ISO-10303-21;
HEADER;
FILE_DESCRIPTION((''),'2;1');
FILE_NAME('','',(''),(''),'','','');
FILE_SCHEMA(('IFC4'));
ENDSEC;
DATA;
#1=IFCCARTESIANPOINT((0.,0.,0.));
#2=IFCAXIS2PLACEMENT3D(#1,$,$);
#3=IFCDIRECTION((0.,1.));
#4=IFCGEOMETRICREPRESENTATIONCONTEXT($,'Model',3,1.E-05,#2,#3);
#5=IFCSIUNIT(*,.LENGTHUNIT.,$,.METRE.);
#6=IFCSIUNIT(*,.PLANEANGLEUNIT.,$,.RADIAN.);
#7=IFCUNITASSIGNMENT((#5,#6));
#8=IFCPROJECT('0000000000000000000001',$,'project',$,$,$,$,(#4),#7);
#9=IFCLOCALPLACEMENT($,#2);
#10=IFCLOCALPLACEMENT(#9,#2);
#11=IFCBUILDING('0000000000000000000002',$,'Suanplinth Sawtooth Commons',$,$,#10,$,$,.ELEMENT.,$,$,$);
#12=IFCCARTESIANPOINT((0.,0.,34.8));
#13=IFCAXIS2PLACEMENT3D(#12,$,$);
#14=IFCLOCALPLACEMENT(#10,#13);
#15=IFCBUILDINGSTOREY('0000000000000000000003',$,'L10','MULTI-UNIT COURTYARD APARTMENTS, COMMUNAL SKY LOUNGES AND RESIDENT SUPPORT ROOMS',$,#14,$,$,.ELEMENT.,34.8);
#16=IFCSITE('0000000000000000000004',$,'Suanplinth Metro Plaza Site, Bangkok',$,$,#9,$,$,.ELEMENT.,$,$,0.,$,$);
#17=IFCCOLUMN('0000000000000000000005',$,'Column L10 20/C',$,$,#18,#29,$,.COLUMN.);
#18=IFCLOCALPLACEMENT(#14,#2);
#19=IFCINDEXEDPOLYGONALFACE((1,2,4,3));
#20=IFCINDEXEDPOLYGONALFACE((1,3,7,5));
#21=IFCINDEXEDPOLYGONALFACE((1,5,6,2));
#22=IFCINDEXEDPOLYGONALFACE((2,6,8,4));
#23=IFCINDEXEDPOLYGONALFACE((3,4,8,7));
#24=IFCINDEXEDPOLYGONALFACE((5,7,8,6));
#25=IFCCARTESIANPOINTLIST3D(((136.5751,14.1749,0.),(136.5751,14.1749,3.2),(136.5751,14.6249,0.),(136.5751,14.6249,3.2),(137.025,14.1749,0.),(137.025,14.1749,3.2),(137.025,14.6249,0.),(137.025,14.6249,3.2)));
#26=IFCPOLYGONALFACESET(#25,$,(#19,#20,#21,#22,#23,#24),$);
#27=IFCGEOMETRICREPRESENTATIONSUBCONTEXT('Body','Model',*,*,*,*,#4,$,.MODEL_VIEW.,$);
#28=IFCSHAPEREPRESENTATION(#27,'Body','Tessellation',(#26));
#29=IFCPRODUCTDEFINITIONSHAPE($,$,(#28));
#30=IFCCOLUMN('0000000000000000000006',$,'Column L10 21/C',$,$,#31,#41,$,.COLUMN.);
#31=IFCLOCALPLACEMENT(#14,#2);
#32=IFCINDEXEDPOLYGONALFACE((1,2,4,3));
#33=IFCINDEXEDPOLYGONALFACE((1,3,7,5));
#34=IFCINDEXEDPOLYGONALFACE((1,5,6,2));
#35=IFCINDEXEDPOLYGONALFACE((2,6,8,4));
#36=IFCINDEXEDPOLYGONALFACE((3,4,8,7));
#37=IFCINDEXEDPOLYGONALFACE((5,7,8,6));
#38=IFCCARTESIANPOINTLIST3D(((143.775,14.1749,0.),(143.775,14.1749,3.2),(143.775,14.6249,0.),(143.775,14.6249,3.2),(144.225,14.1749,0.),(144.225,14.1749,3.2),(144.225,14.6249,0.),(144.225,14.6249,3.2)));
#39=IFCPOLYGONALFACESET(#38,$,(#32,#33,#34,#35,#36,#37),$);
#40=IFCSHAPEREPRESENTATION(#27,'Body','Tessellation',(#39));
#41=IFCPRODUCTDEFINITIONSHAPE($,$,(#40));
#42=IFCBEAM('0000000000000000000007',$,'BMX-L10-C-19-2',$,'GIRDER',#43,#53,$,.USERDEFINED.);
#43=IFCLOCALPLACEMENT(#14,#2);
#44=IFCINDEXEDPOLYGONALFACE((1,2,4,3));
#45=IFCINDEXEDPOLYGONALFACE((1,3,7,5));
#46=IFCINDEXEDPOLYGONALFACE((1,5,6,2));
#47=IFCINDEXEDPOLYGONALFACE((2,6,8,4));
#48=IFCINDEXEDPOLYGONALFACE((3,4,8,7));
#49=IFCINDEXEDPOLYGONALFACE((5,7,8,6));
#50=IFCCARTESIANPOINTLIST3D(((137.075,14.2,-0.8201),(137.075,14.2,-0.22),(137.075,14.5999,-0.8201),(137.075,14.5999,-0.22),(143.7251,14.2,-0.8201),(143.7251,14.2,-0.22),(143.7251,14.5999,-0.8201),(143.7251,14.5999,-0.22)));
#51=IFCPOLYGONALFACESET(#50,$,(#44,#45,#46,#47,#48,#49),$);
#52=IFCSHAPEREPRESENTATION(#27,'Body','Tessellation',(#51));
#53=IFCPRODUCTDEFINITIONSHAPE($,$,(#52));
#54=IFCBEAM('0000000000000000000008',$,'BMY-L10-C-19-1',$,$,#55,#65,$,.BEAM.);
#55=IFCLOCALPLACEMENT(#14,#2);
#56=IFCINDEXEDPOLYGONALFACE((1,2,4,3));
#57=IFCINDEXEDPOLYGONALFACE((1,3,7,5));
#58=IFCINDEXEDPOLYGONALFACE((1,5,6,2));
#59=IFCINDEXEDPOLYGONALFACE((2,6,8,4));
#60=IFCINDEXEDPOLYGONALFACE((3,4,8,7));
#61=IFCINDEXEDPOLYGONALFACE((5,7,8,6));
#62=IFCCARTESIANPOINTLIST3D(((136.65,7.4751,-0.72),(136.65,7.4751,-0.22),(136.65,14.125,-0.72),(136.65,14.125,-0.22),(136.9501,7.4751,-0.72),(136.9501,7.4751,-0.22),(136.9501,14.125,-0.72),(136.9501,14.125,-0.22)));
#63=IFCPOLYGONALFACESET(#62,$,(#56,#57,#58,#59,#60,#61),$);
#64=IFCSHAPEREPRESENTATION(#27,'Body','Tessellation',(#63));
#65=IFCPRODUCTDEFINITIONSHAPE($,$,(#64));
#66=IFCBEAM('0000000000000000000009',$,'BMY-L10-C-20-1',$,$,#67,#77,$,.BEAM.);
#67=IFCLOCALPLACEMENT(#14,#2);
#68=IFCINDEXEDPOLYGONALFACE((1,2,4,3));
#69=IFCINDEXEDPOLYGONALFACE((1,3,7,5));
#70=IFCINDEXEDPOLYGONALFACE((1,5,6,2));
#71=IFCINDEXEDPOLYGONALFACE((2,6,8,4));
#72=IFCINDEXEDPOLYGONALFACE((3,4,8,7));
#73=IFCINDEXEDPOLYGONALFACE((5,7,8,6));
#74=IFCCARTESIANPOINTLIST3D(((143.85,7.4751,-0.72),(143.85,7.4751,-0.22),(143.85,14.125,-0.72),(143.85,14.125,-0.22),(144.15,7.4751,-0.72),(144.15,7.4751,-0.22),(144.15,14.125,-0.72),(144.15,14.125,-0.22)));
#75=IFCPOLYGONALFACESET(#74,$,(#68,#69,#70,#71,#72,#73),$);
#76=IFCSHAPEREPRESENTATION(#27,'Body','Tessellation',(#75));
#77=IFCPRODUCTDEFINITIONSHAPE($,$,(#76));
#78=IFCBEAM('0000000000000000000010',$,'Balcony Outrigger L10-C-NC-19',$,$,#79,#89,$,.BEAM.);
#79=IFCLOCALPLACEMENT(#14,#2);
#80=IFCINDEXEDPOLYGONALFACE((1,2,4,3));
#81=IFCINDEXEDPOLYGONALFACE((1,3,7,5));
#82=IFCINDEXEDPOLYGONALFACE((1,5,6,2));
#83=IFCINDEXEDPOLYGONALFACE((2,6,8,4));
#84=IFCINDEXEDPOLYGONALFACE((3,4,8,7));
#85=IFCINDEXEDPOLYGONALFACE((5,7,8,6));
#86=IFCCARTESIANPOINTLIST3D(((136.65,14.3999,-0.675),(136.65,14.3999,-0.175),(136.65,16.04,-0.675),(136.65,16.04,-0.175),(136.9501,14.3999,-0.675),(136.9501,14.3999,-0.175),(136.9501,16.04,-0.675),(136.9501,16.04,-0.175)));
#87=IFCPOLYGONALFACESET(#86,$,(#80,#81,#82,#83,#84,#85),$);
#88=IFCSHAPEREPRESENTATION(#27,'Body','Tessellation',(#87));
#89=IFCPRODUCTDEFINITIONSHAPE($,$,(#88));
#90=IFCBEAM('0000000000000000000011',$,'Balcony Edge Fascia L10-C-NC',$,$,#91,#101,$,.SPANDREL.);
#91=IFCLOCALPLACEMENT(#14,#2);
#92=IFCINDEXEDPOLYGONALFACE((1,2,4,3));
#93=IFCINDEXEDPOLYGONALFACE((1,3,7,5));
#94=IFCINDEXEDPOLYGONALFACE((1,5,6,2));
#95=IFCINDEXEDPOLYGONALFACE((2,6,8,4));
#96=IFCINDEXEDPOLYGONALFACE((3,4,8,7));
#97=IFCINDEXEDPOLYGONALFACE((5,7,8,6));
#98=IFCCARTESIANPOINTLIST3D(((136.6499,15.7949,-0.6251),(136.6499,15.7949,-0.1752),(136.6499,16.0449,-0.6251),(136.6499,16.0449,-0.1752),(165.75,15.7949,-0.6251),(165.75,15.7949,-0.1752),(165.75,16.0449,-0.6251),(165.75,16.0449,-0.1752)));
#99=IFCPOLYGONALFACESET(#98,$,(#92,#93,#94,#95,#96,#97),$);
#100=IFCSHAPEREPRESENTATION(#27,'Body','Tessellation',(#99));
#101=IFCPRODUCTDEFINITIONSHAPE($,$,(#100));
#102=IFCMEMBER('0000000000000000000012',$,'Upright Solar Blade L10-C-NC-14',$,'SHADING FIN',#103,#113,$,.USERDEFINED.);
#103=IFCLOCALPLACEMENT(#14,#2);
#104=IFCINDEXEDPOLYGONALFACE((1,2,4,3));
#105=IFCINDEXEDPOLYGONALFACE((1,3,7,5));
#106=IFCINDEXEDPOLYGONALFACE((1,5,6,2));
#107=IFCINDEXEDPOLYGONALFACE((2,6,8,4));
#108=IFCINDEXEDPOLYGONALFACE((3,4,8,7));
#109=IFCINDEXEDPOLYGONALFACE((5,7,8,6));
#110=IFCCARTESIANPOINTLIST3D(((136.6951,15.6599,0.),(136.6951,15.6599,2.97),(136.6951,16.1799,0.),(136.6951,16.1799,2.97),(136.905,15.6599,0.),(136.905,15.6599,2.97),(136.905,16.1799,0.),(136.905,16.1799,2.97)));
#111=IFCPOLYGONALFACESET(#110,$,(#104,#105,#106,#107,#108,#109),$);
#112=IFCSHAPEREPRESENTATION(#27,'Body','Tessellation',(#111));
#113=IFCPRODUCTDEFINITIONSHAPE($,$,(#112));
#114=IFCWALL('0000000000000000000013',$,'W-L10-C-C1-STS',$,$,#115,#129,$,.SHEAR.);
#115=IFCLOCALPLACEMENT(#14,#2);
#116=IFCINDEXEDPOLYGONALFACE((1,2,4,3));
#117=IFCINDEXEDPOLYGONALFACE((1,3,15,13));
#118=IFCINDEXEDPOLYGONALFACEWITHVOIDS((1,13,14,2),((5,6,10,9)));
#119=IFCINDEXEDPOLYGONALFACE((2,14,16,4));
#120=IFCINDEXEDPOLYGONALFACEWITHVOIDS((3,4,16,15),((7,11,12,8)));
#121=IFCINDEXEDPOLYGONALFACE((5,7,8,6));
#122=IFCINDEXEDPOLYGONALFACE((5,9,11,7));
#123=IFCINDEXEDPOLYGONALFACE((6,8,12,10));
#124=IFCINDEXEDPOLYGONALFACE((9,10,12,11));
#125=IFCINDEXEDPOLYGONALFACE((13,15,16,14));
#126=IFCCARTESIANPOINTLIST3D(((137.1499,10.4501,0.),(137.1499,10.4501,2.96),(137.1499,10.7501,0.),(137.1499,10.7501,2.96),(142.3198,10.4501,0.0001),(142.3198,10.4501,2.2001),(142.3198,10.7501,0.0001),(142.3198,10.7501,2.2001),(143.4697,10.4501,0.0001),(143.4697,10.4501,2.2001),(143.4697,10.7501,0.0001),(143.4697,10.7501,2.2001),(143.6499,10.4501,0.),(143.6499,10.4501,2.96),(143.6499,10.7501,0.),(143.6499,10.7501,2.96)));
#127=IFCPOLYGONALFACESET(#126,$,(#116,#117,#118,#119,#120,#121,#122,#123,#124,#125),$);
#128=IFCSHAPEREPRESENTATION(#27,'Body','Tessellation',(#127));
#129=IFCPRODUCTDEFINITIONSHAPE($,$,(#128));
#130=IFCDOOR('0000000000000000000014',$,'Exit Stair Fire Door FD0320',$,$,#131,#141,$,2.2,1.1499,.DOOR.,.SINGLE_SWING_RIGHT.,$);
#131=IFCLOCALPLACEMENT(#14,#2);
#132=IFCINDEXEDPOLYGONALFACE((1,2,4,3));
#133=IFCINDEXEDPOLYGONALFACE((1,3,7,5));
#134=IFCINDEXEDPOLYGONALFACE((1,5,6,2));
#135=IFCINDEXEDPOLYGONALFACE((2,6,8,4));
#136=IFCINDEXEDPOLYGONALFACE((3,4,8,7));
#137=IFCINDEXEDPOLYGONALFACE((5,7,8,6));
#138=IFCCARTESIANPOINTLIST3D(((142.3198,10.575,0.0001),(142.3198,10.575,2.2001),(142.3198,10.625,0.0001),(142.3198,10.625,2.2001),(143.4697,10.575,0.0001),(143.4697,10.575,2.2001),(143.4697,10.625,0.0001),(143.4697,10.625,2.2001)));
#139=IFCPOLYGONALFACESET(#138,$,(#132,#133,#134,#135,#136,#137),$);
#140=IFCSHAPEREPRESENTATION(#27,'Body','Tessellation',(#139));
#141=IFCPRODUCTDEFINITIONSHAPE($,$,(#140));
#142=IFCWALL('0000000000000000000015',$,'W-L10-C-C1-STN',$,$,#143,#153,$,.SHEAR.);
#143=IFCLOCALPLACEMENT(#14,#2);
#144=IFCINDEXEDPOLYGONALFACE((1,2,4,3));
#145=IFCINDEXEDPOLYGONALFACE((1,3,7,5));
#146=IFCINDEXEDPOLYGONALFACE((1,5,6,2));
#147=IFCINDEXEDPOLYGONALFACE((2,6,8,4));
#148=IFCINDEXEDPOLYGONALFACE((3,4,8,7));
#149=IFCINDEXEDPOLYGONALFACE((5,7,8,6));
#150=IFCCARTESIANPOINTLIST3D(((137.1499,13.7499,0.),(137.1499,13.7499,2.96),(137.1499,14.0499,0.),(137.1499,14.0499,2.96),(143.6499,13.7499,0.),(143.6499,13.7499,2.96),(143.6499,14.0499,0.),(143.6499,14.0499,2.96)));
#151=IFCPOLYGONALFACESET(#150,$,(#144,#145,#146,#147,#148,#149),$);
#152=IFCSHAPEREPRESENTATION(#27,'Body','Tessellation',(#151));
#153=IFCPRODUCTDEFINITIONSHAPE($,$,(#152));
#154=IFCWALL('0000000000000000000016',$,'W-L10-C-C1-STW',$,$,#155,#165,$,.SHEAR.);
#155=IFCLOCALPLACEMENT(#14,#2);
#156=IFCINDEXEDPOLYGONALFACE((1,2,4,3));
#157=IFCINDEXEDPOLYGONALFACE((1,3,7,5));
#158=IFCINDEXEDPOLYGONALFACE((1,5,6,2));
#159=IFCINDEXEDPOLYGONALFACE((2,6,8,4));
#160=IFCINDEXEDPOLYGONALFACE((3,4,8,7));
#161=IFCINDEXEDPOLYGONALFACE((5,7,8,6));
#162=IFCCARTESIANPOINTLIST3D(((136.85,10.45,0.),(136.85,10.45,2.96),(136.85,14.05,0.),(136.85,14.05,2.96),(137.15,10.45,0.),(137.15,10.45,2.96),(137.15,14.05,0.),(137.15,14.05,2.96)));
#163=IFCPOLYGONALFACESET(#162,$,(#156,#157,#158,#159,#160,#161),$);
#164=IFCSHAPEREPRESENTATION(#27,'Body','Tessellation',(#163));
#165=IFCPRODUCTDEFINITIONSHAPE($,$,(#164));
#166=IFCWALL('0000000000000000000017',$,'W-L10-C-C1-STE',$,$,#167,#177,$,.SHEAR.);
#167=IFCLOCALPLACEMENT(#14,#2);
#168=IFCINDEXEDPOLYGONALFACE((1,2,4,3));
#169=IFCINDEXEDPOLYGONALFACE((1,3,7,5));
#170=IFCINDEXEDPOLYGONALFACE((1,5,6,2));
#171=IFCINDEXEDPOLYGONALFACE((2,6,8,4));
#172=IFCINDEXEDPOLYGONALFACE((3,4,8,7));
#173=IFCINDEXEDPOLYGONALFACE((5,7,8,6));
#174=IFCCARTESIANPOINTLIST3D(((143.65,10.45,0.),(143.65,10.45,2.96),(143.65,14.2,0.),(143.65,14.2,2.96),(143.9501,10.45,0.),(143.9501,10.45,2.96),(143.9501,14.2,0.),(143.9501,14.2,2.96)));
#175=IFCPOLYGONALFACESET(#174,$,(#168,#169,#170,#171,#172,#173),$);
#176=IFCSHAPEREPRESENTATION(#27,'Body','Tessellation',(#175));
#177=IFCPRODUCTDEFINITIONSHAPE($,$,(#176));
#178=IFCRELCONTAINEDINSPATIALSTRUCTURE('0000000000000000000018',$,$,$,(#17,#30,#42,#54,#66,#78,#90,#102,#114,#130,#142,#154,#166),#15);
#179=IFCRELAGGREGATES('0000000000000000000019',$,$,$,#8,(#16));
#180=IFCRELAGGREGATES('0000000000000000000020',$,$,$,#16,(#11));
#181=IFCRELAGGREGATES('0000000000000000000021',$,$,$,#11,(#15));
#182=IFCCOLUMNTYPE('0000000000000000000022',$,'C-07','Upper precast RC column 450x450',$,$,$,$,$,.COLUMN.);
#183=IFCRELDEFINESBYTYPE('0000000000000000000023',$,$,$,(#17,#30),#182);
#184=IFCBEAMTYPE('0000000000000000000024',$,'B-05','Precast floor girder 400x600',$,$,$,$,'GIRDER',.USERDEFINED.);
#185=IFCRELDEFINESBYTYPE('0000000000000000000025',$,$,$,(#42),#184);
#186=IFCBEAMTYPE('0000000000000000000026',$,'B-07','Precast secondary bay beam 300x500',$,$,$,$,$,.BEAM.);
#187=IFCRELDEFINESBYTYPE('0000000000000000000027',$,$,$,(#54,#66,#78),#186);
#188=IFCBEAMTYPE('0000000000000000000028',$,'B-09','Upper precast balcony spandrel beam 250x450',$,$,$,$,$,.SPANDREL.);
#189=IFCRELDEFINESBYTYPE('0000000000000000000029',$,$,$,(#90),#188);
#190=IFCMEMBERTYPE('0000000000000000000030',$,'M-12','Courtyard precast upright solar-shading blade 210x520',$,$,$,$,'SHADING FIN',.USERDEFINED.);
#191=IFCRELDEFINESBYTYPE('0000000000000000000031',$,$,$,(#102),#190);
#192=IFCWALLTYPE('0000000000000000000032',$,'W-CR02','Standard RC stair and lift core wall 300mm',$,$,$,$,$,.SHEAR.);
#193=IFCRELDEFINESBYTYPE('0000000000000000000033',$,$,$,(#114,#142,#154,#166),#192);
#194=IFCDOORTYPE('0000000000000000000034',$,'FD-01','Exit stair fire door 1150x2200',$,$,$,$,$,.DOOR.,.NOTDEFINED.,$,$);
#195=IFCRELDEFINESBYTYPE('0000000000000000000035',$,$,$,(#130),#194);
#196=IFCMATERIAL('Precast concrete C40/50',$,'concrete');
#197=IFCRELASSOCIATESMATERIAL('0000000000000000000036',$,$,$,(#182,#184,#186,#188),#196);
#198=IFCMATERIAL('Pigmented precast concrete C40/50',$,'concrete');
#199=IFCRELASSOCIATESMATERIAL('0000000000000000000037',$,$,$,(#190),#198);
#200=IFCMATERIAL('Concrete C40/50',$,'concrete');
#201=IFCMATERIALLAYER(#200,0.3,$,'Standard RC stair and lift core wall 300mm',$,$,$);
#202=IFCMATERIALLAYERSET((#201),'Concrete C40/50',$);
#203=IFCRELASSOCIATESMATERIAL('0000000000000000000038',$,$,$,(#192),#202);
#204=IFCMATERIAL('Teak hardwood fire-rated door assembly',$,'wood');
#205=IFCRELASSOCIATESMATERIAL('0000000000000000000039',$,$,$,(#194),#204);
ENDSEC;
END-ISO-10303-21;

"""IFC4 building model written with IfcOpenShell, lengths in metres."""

from ifc_helpers import new_model, si_unit, direction, frame, frame_2d, origin, origin_2d, place, context, subcontext, project, spatial, rectangle, extrude, material, layer, layer_set, material_profile, profile_set, type_object, element, fill, save


model = new_model("IFC4")

# Units and contexts
model_context = context("Model", 3, precision=1e-05, world=origin(), true_north=direction((0.0, 1.0)))
body_context = subcontext(model_context, "Body", "Model", "MODEL_VIEW")
ifc_project = project(units=[si_unit("LENGTHUNIT", "METRE"), si_unit("PLANEANGLEUNIT", "RADIAN")], contexts=[model_context])

# Site, building, storey
site_placement = place(None, origin())
site = spatial("IfcSite", under=ifc_project, at=site_placement, Name="Suanplinth Metro Plaza Site, Bangkok", CompositionType="ELEMENT", RefElevation=0.0)
building_placement = place(site_placement, origin())
building = spatial("IfcBuilding", under=site, at=building_placement, Name="Suanplinth Sawtooth Commons", CompositionType="ELEMENT")
storey_placement = place(building_placement, frame((0.0, 0.0, 34.8)))
storey = spatial("IfcBuildingStorey", under=building, at=storey_placement, Name="L10", Description="MULTI-UNIT COURTYARD APARTMENTS, COMMUNAL SKY LOUNGES AND RESIDENT SUPPORT ROOMS", CompositionType="ELEMENT", Elevation=34.8)

# Columns
ifc_material_1 = material(Name="Precast concrete C40/50", Category="concrete")
ifc_material_profile_1 = material_profile(ifc_material_1, rectangle(XDim=0.45, YDim=0.45, at=origin_2d()), Name="PC-COL 450x450")
ifc_profile_set_1 = profile_set([ifc_material_profile_1], Name="Precast concrete C40/50")
column_type = type_object("IfcColumnType", Name="C-07", Description="Upper precast RC column 450x450", PredefinedType="COLUMN", material=ifc_profile_set_1)
for number, where, z_axis, x_axis, name in (
    (1, (136.8, 14.3999, 0.0), (0.0, 0.0, 1.0), (1.0, 0.0, 0.0), "Column L10 20/C"),
    (2, (144.0, 14.3999, 0.0), (0.0, 0.0, 1.0), (1.0, 0.0, 0.0), "Column L10 21/C"),
):
    element("IfcColumn", number, at=place(storey_placement, frame(where, z_axis=z_axis, x_axis=x_axis)), inside=storey, type_object=column_type, Name=name, PredefinedType="COLUMN", context=body_context, shape_type="SweptSolid", body=[
        extrude(rectangle(XDim=0.45, YDim=0.45, at=origin_2d()), origin(), (0.0, 0.0, 1.0), 3.2),
    ])

# Beams
ifc_material_profile_2 = material_profile(ifc_material_1, rectangle(XDim=0.3999, YDim=0.6001, at=origin_2d()), Name="PC-GDR 400x600")
ifc_profile_set_2 = profile_set([ifc_material_profile_2], Name="Precast concrete C40/50")
beam_type_1 = type_object("IfcBeamType", Name="B-05", Description="Precast floor girder 400x600", ElementType="GIRDER", PredefinedType="USERDEFINED", material=ifc_profile_set_2)
beam_1_placement = place(storey_placement, frame((137.075, 14.3999, -0.52), z_axis=(1.0, 0.0, 0.0), x_axis=(0.0, 1.0, 0.0)))
element("IfcBeam", 3, at=beam_1_placement, inside=storey, type_object=beam_type_1, Name="BMX-L10-C-19-2", ObjectType="GIRDER", PredefinedType="USERDEFINED", context=body_context, shape_type="SweptSolid", body=[
    extrude(rectangle(XDim=0.3999, YDim=0.6001, at=origin_2d()), origin(), (0.0, 0.0, 1.0), 6.6501),
])
ifc_material_profile_3 = material_profile(ifc_material_1, rectangle(XDim=0.3, YDim=0.5, at=origin_2d()), Name="PC-BM 300x500")
ifc_profile_set_3 = profile_set([ifc_material_profile_3], Name="Precast concrete C40/50")
beam_type_2 = type_object("IfcBeamType", Name="B-07", Description="Precast secondary bay beam 300x500", PredefinedType="BEAM", material=ifc_profile_set_3)
for number, where, z_axis, x_axis, name in (
    (4, (136.8, 7.4751, -0.47), (0.0, 1.0, 0.0), (-1.0, 0.0, 0.0), "BMY-L10-C-19-1"),
    (5, (144.0, 7.4751, -0.47), (0.0, 1.0, 0.0), (-1.0, 0.0, 0.0), "BMY-L10-C-20-1"),
):
    element("IfcBeam", number, at=place(storey_placement, frame(where, z_axis=z_axis, x_axis=x_axis)), inside=storey, type_object=beam_type_2, Name=name, PredefinedType="BEAM", context=body_context, shape_type="SweptSolid", body=[
        extrude(rectangle(XDim=0.3, YDim=0.5, at=origin_2d()), origin(), (0.0, 0.0, 1.0), 6.6499),
    ])
beam_2_placement = place(storey_placement, frame((136.8, 14.3999, -0.425), z_axis=(0.0, 1.0, 0.0), x_axis=(-1.0, 0.0, 0.0)))
element("IfcBeam", 6, at=beam_2_placement, inside=storey, type_object=beam_type_2, Name="Balcony Outrigger L10-C-NC-19", PredefinedType="BEAM", context=body_context, shape_type="SweptSolid", body=[
    extrude(rectangle(XDim=0.3, YDim=0.5, at=origin_2d()), origin(), (0.0, 0.0, 1.0), 1.6401),
])
ifc_material_profile_4 = material_profile(ifc_material_1, rectangle(XDim=0.25, YDim=0.45, at=origin_2d()), Name="PC-SP 250x450")
ifc_profile_set_4 = profile_set([ifc_material_profile_4], Name="Precast concrete C40/50")
beam_type_3 = type_object("IfcBeamType", Name="B-09", Description="Upper precast balcony spandrel beam 250x450", PredefinedType="SPANDREL", material=ifc_profile_set_4)
beam_3_placement = place(storey_placement, frame((136.6499, 15.9199, -0.4001), z_axis=(1.0, 0.0, 0.0), x_axis=(0.0, 1.0, 0.0)))
element("IfcBeam", 7, at=beam_3_placement, inside=storey, type_object=beam_type_3, Name="Balcony Edge Fascia L10-C-NC", PredefinedType="SPANDREL", context=body_context, shape_type="SweptSolid", body=[
    extrude(rectangle(XDim=0.25, YDim=0.45, at=origin_2d()), origin(), (0.0, 0.0, 1.0), 29.1001),
])

# Member
ifc_material_2 = material(Name="Pigmented precast concrete C40/50", Category="concrete")
ifc_material_profile_5 = material_profile(ifc_material_2, rectangle(XDim=0.21, YDim=0.52, at=origin_2d()), Name="PC-FIN 210x520")
ifc_profile_set_5 = profile_set([ifc_material_profile_5], Name="Pigmented precast concrete C40/50")
member_type = type_object("IfcMemberType", Name="M-12", Description="Courtyard precast upright solar-shading blade 210x520", ElementType="SHADING FIN", PredefinedType="USERDEFINED", material=ifc_profile_set_5)
member_placement = place(storey_placement, frame((136.8, 15.9199, 0.0), z_axis=(0.0, 0.0, 1.0), x_axis=(1.0, 0.0, 0.0)))
element("IfcMember", 8, at=member_placement, inside=storey, type_object=member_type, Name="Upright Solar Blade L10-C-NC-14", ObjectType="SHADING FIN", PredefinedType="USERDEFINED", context=body_context, shape_type="SweptSolid", body=[
    extrude(rectangle(XDim=0.21, YDim=0.52, at=origin_2d()), origin(), (0.0, 0.0, 1.0), 2.97),
])

# Wall, opening, door
ifc_material_3 = material(Name="Concrete C40/50", Category="concrete")
ifc_layer_1 = layer(ifc_material_3, 0.3, Name="Standard RC stair and lift core wall 300mm")
ifc_layer_set_1 = layer_set([ifc_layer_1], Name="Concrete C40/50")
wall_type_1 = type_object("IfcWallType", Name="W-CR02", Description="Standard RC stair and lift core wall 300mm", PredefinedType="SHEAR", material=ifc_layer_set_1)
wall_1_placement = place(storey_placement, frame((137.1499, 10.6001, 0.0), z_axis=(0.0, 0.0, 1.0), x_axis=(1.0, 0.0, 0.0)))
wall_1 = element("IfcWall", 9, at=wall_1_placement, inside=storey, type_object=wall_type_1, Name="W-L10-C-C1-STS", PredefinedType="SHEAR", context=body_context, shape_type="SweptSolid", body=[
    extrude(rectangle(XDim=6.5, YDim=0.3, at=frame_2d((3.25, 0.0))), origin(), (0.0, 0.0, 1.0), 2.96),
])
opening_1_placement = place(wall_1_placement, frame((5.1699, 0.0, 0.0)))
opening_1 = element("IfcOpeningElement", 10, at=opening_1_placement, cuts=wall_1, PredefinedType="OPENING", context=body_context, shape_type="SweptSolid", body=[
    extrude(rectangle(XDim=1.1499, YDim=2.2, at=frame_2d((0.575, 1.1001))), frame((0.0, 0.165, 0.0), z_axis=(0.0, -1.0, 0.0), x_axis=(1.0, 0.0, 0.0)), (0.0, 0.0, 1.0), 0.3298),
])
ifc_material_4 = material(Name="Teak hardwood fire-rated door assembly", Category="wood")
door_type_1 = type_object("IfcDoorType", Name="FD-01", Description="Exit stair fire door 1150x2200", OperationType="NOTDEFINED", PredefinedType="DOOR", material=ifc_material_4)
door_1_placement = place(opening_1_placement, origin())
door_1 = element("IfcDoor", 11, at=door_1_placement, inside=storey, type_object=door_type_1, Name="Exit Stair Fire Door FD0320", OperationType="SINGLE_SWING_RIGHT", OverallHeight=2.2, OverallWidth=1.1499, PredefinedType="DOOR", context=body_context, shape_type="SweptSolid", body=[
    extrude(rectangle(XDim=1.1499, YDim=2.2, at=frame_2d((0.575, 1.1001))), frame((0.0, 0.0249, 0.0), z_axis=(0.0, -1.0, 0.0), x_axis=(1.0, 0.0, 0.0)), (0.0, 0.0, 1.0), 0.05),
])
fill(opening_1, door_1)

# Walls
wall_2_placement = place(storey_placement, frame((137.1499, 13.8999, 0.0), z_axis=(0.0, 0.0, 1.0), x_axis=(1.0, 0.0, 0.0)))
element("IfcWall", 12, at=wall_2_placement, inside=storey, type_object=wall_type_1, Name="W-L10-C-C1-STN", PredefinedType="SHEAR", context=body_context, shape_type="SweptSolid", body=[
    extrude(rectangle(XDim=6.5, YDim=0.3, at=frame_2d((3.25, 0.0))), origin(), (0.0, 0.0, 1.0), 2.96),
])
wall_3_placement = place(storey_placement, frame((137.0, 10.45, 0.0), z_axis=(0.0, 0.0, 1.0), x_axis=(0.0, 1.0, 0.0)))
element("IfcWall", 13, at=wall_3_placement, inside=storey, type_object=wall_type_1, Name="W-L10-C-C1-STW", PredefinedType="SHEAR", context=body_context, shape_type="SweptSolid", body=[
    extrude(rectangle(XDim=3.6001, YDim=0.3, at=frame_2d((1.8, 0.0))), origin(), (0.0, 0.0, 1.0), 2.96),
])
wall_4_placement = place(storey_placement, frame((143.8, 10.45, 0.0), z_axis=(0.0, 0.0, 1.0), x_axis=(0.0, 1.0, 0.0)))
element("IfcWall", 14, at=wall_4_placement, inside=storey, type_object=wall_type_1, Name="W-L10-C-C1-STE", PredefinedType="SHEAR", context=body_context, shape_type="SweptSolid", body=[
    extrude(rectangle(XDim=3.75, YDim=0.3, at=frame_2d((1.875, 0.0))), origin(), (0.0, 0.0, 1.0), 2.96),
])

save(model, "model.ifc")
